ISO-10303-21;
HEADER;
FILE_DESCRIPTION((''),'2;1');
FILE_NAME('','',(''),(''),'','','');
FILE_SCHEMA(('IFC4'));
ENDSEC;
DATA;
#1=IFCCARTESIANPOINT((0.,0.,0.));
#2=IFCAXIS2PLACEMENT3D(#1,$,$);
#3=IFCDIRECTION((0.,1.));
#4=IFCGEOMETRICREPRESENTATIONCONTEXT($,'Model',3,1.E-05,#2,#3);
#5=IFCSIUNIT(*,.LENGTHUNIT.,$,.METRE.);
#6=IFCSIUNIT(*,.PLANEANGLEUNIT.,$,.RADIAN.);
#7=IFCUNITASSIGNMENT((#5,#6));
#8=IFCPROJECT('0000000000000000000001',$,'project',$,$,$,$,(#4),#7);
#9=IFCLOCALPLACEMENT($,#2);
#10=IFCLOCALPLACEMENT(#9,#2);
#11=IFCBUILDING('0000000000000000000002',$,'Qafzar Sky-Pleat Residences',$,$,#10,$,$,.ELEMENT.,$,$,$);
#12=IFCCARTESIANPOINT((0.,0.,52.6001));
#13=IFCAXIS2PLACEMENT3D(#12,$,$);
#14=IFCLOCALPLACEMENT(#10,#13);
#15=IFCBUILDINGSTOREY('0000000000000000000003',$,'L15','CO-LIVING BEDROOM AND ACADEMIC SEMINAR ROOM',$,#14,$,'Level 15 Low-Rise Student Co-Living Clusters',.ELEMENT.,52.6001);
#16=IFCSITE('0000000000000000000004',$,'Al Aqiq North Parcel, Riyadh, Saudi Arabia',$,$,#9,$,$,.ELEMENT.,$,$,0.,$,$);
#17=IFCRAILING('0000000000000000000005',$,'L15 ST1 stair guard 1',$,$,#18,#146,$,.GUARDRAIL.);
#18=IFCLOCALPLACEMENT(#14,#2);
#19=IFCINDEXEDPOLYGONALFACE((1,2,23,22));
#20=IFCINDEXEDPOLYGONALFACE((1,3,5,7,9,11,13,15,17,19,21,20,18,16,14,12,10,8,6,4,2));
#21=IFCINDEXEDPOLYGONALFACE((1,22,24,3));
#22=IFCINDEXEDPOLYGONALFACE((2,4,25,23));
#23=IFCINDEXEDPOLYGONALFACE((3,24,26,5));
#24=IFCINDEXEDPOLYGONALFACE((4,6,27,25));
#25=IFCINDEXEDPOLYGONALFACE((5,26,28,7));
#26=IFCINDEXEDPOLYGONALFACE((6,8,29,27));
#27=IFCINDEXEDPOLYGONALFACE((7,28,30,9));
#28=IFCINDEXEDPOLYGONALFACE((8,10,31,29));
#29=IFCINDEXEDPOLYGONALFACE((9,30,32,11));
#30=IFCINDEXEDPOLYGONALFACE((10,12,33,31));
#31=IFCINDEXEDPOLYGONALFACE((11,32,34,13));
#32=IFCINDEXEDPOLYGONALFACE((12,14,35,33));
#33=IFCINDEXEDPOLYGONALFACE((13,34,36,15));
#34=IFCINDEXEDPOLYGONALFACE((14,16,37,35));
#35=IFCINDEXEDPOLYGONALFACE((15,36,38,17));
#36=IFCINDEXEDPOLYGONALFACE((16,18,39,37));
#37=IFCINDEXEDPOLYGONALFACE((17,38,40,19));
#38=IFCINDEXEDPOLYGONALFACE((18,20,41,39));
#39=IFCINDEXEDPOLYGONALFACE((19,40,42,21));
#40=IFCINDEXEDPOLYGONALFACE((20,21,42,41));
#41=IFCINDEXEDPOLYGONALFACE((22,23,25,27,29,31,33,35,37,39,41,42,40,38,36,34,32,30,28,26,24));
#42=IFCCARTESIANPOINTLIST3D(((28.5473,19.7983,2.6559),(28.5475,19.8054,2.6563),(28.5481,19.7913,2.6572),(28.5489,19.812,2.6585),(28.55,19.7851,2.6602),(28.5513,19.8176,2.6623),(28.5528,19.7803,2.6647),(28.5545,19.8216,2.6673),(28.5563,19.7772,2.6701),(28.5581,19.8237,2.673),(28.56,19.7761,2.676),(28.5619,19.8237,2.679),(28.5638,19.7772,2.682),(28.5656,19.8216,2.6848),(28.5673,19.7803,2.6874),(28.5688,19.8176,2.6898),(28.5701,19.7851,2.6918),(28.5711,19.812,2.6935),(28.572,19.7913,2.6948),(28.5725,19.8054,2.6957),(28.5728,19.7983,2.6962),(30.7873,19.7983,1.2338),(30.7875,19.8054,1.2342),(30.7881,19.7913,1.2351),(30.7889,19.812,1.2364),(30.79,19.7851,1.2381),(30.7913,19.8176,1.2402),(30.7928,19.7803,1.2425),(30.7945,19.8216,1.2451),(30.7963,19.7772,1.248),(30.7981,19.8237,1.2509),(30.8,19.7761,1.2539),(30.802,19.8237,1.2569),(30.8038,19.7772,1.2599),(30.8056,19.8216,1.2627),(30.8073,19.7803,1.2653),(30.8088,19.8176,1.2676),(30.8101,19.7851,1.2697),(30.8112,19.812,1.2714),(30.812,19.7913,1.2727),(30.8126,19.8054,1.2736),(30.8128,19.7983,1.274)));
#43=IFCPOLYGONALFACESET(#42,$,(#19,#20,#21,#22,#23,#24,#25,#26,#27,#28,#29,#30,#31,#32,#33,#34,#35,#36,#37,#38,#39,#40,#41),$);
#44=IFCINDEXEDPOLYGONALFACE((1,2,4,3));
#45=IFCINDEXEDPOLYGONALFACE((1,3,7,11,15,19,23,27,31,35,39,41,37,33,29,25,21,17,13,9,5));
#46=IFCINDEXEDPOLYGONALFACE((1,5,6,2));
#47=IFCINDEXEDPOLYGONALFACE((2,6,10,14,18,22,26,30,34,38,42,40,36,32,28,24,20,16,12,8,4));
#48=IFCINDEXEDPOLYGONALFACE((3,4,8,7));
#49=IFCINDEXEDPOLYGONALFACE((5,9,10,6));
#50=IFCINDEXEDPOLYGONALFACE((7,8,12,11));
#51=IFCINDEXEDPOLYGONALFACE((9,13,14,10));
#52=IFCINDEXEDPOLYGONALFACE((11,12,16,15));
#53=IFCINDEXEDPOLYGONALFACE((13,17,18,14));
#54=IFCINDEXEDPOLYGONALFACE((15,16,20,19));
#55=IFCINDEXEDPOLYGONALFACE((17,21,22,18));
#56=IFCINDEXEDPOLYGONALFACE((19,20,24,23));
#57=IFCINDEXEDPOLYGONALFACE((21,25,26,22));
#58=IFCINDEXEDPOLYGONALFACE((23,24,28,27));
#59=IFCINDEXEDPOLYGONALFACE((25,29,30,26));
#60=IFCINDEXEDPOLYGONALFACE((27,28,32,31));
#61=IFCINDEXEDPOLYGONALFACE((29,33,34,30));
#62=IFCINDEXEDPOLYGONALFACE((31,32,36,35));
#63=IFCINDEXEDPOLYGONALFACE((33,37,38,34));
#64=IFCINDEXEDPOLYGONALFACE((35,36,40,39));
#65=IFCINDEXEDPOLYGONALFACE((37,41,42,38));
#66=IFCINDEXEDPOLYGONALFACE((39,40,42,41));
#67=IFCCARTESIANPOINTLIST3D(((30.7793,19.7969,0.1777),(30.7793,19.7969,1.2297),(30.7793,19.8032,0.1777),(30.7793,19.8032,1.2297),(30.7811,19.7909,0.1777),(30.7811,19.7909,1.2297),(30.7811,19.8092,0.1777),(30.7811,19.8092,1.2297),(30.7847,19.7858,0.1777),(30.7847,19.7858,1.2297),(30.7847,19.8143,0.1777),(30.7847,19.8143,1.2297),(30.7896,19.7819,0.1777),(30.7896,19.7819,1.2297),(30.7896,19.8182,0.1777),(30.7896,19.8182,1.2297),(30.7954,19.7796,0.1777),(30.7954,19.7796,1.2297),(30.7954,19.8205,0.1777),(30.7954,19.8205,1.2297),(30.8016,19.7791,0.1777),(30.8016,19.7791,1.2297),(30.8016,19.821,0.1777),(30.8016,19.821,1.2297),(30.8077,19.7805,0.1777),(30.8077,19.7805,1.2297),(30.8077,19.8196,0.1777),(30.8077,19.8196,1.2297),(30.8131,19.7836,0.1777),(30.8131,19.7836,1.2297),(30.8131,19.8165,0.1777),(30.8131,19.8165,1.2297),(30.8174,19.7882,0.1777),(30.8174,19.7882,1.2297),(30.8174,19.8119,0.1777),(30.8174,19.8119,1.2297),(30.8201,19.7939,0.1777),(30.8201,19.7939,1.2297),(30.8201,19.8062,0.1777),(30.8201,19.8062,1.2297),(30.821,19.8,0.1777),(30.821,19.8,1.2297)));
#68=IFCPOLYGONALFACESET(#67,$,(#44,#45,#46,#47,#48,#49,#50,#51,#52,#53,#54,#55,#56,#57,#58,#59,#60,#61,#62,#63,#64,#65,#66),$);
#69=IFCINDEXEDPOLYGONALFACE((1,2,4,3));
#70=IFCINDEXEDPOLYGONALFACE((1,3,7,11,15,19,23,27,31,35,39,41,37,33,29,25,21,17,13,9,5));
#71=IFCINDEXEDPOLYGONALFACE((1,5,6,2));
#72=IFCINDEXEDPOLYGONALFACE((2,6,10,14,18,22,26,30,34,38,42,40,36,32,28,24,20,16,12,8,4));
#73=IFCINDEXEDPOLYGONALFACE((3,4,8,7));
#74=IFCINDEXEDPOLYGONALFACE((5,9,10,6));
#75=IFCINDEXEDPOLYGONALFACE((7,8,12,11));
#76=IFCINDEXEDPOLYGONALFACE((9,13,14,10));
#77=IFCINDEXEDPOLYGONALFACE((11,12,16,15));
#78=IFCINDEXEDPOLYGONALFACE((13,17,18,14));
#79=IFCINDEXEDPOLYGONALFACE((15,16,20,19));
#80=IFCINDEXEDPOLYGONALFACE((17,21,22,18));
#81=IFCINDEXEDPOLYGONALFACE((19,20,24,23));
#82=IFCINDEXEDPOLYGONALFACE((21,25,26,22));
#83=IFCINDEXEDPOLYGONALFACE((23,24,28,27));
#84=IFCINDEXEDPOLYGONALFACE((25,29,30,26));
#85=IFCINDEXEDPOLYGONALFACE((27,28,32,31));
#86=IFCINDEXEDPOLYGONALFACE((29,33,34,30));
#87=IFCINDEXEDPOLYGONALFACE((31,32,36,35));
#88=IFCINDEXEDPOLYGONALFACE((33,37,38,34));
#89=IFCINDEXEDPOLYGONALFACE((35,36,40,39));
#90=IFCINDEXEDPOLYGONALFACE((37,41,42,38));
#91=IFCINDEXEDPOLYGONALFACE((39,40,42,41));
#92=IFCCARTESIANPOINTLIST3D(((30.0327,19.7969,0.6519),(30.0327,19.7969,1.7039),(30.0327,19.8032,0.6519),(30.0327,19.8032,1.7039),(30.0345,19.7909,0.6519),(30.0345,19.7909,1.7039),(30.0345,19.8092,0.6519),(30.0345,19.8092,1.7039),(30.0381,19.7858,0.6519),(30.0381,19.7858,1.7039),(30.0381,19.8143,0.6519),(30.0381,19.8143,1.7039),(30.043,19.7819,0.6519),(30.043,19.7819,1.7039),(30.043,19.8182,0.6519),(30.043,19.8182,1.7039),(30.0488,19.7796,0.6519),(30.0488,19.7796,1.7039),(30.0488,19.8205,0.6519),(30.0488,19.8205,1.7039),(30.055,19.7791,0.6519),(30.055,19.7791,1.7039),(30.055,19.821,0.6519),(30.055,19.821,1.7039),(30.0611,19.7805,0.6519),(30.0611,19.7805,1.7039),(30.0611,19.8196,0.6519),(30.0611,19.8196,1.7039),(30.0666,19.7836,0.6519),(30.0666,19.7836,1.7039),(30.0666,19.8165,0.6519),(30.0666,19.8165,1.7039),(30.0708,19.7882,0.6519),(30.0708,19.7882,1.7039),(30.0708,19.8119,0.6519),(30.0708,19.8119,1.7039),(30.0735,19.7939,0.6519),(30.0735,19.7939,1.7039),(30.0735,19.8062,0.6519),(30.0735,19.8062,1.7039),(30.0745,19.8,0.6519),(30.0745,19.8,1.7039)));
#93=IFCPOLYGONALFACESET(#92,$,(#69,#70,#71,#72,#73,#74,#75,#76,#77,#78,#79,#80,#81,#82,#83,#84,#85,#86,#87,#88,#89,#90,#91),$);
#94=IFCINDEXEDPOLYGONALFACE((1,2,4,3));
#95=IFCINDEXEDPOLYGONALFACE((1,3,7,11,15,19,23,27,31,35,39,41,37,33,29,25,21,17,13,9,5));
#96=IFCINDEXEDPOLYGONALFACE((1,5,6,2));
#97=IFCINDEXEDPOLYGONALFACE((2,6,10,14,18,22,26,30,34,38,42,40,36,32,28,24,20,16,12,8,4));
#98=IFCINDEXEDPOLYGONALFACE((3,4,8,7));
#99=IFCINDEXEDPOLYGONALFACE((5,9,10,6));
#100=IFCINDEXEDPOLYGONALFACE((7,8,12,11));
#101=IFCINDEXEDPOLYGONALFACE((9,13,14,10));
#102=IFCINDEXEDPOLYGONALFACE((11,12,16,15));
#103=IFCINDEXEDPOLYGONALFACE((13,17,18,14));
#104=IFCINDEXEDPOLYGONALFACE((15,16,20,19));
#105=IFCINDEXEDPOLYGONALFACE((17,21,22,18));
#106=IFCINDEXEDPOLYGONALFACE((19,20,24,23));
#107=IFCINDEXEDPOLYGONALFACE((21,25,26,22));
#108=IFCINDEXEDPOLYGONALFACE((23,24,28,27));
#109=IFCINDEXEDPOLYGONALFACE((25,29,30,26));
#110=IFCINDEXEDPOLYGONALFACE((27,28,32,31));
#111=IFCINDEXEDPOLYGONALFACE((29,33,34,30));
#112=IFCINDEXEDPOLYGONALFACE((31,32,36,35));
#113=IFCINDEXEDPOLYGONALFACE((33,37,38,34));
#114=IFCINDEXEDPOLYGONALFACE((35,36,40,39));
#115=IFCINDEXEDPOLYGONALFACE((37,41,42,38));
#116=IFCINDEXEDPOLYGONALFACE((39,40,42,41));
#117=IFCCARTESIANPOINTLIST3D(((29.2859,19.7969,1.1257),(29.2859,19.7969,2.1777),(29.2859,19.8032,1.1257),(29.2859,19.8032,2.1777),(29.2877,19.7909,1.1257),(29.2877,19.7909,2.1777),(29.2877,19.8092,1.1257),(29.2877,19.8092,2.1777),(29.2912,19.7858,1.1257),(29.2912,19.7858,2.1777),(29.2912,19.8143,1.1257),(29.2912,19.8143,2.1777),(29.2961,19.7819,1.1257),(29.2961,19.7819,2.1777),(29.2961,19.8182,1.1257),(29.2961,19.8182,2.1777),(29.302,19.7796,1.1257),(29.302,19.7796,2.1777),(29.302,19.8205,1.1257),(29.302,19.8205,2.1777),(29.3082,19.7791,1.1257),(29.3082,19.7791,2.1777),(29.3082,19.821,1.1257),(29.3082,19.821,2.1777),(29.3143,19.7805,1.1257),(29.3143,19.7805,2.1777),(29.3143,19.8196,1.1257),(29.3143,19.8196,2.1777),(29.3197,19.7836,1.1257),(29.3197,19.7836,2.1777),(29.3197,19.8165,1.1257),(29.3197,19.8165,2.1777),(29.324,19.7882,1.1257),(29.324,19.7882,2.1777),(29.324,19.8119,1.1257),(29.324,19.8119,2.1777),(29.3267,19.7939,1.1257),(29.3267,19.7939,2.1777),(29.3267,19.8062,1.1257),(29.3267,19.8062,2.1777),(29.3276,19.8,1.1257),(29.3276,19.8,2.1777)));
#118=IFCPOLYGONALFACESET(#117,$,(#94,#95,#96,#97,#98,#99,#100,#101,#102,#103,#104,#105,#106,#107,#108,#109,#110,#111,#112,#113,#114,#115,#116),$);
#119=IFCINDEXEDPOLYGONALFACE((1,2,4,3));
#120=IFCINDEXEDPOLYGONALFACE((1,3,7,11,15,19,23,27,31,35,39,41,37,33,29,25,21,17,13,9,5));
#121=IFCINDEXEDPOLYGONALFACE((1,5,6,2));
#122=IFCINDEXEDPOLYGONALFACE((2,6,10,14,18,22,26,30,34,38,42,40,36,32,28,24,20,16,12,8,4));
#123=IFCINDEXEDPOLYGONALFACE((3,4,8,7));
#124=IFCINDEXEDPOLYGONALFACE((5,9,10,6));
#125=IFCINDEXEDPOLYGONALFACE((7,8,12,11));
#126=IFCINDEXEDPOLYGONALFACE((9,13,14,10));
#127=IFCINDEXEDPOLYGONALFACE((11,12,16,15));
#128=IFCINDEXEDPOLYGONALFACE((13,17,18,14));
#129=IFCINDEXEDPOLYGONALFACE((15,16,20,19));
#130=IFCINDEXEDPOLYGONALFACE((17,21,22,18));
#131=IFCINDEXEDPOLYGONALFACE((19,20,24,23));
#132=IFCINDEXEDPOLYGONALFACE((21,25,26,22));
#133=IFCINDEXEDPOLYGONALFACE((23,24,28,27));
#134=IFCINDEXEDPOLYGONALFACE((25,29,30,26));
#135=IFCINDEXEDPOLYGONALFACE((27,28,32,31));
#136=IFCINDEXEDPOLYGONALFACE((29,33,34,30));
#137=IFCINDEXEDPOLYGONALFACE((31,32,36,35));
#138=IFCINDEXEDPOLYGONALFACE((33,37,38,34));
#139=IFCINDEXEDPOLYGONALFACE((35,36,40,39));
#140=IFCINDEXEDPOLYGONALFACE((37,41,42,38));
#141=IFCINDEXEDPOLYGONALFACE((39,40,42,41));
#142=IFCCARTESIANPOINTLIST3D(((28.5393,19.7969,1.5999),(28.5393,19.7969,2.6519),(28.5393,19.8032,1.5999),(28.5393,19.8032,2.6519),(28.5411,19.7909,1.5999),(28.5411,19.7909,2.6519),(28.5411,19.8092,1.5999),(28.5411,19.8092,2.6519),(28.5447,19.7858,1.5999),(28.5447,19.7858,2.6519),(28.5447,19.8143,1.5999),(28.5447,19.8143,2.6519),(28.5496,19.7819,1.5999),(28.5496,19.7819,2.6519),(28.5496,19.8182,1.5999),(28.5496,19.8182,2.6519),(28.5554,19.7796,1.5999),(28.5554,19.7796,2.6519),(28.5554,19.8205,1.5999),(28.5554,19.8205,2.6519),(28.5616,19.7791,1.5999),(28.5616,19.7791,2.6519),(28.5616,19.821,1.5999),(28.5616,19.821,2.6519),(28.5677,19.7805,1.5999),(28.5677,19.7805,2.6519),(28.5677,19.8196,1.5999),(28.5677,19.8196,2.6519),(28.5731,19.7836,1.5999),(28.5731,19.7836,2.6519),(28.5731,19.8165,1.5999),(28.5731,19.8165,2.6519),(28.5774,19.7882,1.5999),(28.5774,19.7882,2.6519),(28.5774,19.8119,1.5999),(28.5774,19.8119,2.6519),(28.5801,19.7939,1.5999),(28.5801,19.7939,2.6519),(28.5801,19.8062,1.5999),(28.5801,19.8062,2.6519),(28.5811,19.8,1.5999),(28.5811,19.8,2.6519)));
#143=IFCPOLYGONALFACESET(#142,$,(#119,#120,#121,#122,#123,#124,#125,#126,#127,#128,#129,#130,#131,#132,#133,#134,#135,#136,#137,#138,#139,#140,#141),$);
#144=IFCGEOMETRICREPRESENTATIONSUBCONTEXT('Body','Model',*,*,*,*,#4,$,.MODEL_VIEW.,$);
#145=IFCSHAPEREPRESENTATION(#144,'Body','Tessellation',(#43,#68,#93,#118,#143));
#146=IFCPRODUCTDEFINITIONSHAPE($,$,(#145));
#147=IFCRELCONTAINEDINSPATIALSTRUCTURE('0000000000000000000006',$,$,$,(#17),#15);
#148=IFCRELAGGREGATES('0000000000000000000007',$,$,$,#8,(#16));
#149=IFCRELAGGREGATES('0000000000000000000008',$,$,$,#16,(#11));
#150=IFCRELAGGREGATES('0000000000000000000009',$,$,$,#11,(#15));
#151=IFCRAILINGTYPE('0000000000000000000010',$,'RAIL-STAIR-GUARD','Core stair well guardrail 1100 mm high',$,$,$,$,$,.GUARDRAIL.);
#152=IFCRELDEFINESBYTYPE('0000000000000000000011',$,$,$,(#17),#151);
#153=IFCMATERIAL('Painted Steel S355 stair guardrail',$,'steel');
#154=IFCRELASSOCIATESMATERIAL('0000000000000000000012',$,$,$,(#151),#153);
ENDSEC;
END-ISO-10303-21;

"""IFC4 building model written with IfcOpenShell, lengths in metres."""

from ifc_helpers import new_model, si_unit, direction, frame, origin, origin_2d, place, context, subcontext, project, spatial, circle, extrude, source, transform, mapped, material, type_object, element, save


model = new_model("IFC4")

# Units and contexts
model_context = context("Model", 3, precision=1e-05, world=origin(), true_north=direction((0.0, 1.0)))
body_context = subcontext(model_context, "Body", "Model", "MODEL_VIEW")
ifc_project = project(units=[si_unit("LENGTHUNIT", "METRE"), si_unit("PLANEANGLEUNIT", "RADIAN")], contexts=[model_context])

# Site, building, storey
site_placement = place(None, origin())
site = spatial("IfcSite", under=ifc_project, at=site_placement, Name="Al Aqiq North Parcel, Riyadh, Saudi Arabia", CompositionType="ELEMENT", RefElevation=0.0)
building_placement = place(site_placement, origin())
building = spatial("IfcBuilding", under=site, at=building_placement, Name="Qafzar Sky-Pleat Residences", CompositionType="ELEMENT")
storey_placement = place(building_placement, frame((0.0, 0.0, 52.6001)))
storey = spatial("IfcBuildingStorey", under=building, at=storey_placement, Name="L15", Description="CO-LIVING BEDROOM AND ACADEMIC SEMINAR ROOM", LongName="Level 15 Low-Rise Student Co-Living Clusters", CompositionType="ELEMENT", Elevation=52.6001)

# Railing
ifc_material_1 = material(Name="Painted Steel S355 stair guardrail", Category="steel")
railing_type_1 = type_object("IfcRailingType", Name="RAIL-STAIR-GUARD", Description="Core stair well guardrail 1100 mm high", PredefinedType="GUARDRAIL", material=ifc_material_1)
shared_shape_1 = source(origin(), body_context, "Body", "SweptSolid", [
    extrude(circle(Radius=0.0239, at=origin_2d()), frame((0.0, 0.0, 1.0762), z_axis=(-0.844229, 0.0, 0.535982), x_axis=(0.0, -1.0, 0.0)), (0.0, 0.0, 1.0), 2.6533),
    extrude(circle(Radius=0.021, at=origin_2d()), origin(), (0.0, 0.0, 1.0), 1.052),
    extrude(circle(Radius=0.021, at=origin_2d()), frame((-0.7466, 0.0, 0.4741)), (0.0, 0.0, 1.0), 1.052),
    extrude(circle(Radius=0.021, at=origin_2d()), frame((-1.4934, 0.0, 0.948)), (0.0, 0.0, 1.0), 1.052),
    extrude(circle(Radius=0.021, at=origin_2d()), frame((-2.24, 0.0, 1.4221)), (0.0, 0.0, 1.0), 1.052),
])
railing_1_placement = place(storey_placement, frame((30.8, 19.8, 0.1777)))
element("IfcRailing", 1, at=railing_1_placement, inside=storey, type_object=railing_type_1, Name="L15 ST1 stair guard 1", PredefinedType="GUARDRAIL", context=body_context, shape_type="MappedRepresentation", body=[
    mapped(shared_shape_1, transform((0.0, 0.0, 0.0), x_axis=(1.0, 0.0, 0.0), y_axis=(0.0, 1.0, 0.0), z_axis=(0.0, 0.0, 1.0), scale=1.0)),
])

save(model, "model.ifc")
